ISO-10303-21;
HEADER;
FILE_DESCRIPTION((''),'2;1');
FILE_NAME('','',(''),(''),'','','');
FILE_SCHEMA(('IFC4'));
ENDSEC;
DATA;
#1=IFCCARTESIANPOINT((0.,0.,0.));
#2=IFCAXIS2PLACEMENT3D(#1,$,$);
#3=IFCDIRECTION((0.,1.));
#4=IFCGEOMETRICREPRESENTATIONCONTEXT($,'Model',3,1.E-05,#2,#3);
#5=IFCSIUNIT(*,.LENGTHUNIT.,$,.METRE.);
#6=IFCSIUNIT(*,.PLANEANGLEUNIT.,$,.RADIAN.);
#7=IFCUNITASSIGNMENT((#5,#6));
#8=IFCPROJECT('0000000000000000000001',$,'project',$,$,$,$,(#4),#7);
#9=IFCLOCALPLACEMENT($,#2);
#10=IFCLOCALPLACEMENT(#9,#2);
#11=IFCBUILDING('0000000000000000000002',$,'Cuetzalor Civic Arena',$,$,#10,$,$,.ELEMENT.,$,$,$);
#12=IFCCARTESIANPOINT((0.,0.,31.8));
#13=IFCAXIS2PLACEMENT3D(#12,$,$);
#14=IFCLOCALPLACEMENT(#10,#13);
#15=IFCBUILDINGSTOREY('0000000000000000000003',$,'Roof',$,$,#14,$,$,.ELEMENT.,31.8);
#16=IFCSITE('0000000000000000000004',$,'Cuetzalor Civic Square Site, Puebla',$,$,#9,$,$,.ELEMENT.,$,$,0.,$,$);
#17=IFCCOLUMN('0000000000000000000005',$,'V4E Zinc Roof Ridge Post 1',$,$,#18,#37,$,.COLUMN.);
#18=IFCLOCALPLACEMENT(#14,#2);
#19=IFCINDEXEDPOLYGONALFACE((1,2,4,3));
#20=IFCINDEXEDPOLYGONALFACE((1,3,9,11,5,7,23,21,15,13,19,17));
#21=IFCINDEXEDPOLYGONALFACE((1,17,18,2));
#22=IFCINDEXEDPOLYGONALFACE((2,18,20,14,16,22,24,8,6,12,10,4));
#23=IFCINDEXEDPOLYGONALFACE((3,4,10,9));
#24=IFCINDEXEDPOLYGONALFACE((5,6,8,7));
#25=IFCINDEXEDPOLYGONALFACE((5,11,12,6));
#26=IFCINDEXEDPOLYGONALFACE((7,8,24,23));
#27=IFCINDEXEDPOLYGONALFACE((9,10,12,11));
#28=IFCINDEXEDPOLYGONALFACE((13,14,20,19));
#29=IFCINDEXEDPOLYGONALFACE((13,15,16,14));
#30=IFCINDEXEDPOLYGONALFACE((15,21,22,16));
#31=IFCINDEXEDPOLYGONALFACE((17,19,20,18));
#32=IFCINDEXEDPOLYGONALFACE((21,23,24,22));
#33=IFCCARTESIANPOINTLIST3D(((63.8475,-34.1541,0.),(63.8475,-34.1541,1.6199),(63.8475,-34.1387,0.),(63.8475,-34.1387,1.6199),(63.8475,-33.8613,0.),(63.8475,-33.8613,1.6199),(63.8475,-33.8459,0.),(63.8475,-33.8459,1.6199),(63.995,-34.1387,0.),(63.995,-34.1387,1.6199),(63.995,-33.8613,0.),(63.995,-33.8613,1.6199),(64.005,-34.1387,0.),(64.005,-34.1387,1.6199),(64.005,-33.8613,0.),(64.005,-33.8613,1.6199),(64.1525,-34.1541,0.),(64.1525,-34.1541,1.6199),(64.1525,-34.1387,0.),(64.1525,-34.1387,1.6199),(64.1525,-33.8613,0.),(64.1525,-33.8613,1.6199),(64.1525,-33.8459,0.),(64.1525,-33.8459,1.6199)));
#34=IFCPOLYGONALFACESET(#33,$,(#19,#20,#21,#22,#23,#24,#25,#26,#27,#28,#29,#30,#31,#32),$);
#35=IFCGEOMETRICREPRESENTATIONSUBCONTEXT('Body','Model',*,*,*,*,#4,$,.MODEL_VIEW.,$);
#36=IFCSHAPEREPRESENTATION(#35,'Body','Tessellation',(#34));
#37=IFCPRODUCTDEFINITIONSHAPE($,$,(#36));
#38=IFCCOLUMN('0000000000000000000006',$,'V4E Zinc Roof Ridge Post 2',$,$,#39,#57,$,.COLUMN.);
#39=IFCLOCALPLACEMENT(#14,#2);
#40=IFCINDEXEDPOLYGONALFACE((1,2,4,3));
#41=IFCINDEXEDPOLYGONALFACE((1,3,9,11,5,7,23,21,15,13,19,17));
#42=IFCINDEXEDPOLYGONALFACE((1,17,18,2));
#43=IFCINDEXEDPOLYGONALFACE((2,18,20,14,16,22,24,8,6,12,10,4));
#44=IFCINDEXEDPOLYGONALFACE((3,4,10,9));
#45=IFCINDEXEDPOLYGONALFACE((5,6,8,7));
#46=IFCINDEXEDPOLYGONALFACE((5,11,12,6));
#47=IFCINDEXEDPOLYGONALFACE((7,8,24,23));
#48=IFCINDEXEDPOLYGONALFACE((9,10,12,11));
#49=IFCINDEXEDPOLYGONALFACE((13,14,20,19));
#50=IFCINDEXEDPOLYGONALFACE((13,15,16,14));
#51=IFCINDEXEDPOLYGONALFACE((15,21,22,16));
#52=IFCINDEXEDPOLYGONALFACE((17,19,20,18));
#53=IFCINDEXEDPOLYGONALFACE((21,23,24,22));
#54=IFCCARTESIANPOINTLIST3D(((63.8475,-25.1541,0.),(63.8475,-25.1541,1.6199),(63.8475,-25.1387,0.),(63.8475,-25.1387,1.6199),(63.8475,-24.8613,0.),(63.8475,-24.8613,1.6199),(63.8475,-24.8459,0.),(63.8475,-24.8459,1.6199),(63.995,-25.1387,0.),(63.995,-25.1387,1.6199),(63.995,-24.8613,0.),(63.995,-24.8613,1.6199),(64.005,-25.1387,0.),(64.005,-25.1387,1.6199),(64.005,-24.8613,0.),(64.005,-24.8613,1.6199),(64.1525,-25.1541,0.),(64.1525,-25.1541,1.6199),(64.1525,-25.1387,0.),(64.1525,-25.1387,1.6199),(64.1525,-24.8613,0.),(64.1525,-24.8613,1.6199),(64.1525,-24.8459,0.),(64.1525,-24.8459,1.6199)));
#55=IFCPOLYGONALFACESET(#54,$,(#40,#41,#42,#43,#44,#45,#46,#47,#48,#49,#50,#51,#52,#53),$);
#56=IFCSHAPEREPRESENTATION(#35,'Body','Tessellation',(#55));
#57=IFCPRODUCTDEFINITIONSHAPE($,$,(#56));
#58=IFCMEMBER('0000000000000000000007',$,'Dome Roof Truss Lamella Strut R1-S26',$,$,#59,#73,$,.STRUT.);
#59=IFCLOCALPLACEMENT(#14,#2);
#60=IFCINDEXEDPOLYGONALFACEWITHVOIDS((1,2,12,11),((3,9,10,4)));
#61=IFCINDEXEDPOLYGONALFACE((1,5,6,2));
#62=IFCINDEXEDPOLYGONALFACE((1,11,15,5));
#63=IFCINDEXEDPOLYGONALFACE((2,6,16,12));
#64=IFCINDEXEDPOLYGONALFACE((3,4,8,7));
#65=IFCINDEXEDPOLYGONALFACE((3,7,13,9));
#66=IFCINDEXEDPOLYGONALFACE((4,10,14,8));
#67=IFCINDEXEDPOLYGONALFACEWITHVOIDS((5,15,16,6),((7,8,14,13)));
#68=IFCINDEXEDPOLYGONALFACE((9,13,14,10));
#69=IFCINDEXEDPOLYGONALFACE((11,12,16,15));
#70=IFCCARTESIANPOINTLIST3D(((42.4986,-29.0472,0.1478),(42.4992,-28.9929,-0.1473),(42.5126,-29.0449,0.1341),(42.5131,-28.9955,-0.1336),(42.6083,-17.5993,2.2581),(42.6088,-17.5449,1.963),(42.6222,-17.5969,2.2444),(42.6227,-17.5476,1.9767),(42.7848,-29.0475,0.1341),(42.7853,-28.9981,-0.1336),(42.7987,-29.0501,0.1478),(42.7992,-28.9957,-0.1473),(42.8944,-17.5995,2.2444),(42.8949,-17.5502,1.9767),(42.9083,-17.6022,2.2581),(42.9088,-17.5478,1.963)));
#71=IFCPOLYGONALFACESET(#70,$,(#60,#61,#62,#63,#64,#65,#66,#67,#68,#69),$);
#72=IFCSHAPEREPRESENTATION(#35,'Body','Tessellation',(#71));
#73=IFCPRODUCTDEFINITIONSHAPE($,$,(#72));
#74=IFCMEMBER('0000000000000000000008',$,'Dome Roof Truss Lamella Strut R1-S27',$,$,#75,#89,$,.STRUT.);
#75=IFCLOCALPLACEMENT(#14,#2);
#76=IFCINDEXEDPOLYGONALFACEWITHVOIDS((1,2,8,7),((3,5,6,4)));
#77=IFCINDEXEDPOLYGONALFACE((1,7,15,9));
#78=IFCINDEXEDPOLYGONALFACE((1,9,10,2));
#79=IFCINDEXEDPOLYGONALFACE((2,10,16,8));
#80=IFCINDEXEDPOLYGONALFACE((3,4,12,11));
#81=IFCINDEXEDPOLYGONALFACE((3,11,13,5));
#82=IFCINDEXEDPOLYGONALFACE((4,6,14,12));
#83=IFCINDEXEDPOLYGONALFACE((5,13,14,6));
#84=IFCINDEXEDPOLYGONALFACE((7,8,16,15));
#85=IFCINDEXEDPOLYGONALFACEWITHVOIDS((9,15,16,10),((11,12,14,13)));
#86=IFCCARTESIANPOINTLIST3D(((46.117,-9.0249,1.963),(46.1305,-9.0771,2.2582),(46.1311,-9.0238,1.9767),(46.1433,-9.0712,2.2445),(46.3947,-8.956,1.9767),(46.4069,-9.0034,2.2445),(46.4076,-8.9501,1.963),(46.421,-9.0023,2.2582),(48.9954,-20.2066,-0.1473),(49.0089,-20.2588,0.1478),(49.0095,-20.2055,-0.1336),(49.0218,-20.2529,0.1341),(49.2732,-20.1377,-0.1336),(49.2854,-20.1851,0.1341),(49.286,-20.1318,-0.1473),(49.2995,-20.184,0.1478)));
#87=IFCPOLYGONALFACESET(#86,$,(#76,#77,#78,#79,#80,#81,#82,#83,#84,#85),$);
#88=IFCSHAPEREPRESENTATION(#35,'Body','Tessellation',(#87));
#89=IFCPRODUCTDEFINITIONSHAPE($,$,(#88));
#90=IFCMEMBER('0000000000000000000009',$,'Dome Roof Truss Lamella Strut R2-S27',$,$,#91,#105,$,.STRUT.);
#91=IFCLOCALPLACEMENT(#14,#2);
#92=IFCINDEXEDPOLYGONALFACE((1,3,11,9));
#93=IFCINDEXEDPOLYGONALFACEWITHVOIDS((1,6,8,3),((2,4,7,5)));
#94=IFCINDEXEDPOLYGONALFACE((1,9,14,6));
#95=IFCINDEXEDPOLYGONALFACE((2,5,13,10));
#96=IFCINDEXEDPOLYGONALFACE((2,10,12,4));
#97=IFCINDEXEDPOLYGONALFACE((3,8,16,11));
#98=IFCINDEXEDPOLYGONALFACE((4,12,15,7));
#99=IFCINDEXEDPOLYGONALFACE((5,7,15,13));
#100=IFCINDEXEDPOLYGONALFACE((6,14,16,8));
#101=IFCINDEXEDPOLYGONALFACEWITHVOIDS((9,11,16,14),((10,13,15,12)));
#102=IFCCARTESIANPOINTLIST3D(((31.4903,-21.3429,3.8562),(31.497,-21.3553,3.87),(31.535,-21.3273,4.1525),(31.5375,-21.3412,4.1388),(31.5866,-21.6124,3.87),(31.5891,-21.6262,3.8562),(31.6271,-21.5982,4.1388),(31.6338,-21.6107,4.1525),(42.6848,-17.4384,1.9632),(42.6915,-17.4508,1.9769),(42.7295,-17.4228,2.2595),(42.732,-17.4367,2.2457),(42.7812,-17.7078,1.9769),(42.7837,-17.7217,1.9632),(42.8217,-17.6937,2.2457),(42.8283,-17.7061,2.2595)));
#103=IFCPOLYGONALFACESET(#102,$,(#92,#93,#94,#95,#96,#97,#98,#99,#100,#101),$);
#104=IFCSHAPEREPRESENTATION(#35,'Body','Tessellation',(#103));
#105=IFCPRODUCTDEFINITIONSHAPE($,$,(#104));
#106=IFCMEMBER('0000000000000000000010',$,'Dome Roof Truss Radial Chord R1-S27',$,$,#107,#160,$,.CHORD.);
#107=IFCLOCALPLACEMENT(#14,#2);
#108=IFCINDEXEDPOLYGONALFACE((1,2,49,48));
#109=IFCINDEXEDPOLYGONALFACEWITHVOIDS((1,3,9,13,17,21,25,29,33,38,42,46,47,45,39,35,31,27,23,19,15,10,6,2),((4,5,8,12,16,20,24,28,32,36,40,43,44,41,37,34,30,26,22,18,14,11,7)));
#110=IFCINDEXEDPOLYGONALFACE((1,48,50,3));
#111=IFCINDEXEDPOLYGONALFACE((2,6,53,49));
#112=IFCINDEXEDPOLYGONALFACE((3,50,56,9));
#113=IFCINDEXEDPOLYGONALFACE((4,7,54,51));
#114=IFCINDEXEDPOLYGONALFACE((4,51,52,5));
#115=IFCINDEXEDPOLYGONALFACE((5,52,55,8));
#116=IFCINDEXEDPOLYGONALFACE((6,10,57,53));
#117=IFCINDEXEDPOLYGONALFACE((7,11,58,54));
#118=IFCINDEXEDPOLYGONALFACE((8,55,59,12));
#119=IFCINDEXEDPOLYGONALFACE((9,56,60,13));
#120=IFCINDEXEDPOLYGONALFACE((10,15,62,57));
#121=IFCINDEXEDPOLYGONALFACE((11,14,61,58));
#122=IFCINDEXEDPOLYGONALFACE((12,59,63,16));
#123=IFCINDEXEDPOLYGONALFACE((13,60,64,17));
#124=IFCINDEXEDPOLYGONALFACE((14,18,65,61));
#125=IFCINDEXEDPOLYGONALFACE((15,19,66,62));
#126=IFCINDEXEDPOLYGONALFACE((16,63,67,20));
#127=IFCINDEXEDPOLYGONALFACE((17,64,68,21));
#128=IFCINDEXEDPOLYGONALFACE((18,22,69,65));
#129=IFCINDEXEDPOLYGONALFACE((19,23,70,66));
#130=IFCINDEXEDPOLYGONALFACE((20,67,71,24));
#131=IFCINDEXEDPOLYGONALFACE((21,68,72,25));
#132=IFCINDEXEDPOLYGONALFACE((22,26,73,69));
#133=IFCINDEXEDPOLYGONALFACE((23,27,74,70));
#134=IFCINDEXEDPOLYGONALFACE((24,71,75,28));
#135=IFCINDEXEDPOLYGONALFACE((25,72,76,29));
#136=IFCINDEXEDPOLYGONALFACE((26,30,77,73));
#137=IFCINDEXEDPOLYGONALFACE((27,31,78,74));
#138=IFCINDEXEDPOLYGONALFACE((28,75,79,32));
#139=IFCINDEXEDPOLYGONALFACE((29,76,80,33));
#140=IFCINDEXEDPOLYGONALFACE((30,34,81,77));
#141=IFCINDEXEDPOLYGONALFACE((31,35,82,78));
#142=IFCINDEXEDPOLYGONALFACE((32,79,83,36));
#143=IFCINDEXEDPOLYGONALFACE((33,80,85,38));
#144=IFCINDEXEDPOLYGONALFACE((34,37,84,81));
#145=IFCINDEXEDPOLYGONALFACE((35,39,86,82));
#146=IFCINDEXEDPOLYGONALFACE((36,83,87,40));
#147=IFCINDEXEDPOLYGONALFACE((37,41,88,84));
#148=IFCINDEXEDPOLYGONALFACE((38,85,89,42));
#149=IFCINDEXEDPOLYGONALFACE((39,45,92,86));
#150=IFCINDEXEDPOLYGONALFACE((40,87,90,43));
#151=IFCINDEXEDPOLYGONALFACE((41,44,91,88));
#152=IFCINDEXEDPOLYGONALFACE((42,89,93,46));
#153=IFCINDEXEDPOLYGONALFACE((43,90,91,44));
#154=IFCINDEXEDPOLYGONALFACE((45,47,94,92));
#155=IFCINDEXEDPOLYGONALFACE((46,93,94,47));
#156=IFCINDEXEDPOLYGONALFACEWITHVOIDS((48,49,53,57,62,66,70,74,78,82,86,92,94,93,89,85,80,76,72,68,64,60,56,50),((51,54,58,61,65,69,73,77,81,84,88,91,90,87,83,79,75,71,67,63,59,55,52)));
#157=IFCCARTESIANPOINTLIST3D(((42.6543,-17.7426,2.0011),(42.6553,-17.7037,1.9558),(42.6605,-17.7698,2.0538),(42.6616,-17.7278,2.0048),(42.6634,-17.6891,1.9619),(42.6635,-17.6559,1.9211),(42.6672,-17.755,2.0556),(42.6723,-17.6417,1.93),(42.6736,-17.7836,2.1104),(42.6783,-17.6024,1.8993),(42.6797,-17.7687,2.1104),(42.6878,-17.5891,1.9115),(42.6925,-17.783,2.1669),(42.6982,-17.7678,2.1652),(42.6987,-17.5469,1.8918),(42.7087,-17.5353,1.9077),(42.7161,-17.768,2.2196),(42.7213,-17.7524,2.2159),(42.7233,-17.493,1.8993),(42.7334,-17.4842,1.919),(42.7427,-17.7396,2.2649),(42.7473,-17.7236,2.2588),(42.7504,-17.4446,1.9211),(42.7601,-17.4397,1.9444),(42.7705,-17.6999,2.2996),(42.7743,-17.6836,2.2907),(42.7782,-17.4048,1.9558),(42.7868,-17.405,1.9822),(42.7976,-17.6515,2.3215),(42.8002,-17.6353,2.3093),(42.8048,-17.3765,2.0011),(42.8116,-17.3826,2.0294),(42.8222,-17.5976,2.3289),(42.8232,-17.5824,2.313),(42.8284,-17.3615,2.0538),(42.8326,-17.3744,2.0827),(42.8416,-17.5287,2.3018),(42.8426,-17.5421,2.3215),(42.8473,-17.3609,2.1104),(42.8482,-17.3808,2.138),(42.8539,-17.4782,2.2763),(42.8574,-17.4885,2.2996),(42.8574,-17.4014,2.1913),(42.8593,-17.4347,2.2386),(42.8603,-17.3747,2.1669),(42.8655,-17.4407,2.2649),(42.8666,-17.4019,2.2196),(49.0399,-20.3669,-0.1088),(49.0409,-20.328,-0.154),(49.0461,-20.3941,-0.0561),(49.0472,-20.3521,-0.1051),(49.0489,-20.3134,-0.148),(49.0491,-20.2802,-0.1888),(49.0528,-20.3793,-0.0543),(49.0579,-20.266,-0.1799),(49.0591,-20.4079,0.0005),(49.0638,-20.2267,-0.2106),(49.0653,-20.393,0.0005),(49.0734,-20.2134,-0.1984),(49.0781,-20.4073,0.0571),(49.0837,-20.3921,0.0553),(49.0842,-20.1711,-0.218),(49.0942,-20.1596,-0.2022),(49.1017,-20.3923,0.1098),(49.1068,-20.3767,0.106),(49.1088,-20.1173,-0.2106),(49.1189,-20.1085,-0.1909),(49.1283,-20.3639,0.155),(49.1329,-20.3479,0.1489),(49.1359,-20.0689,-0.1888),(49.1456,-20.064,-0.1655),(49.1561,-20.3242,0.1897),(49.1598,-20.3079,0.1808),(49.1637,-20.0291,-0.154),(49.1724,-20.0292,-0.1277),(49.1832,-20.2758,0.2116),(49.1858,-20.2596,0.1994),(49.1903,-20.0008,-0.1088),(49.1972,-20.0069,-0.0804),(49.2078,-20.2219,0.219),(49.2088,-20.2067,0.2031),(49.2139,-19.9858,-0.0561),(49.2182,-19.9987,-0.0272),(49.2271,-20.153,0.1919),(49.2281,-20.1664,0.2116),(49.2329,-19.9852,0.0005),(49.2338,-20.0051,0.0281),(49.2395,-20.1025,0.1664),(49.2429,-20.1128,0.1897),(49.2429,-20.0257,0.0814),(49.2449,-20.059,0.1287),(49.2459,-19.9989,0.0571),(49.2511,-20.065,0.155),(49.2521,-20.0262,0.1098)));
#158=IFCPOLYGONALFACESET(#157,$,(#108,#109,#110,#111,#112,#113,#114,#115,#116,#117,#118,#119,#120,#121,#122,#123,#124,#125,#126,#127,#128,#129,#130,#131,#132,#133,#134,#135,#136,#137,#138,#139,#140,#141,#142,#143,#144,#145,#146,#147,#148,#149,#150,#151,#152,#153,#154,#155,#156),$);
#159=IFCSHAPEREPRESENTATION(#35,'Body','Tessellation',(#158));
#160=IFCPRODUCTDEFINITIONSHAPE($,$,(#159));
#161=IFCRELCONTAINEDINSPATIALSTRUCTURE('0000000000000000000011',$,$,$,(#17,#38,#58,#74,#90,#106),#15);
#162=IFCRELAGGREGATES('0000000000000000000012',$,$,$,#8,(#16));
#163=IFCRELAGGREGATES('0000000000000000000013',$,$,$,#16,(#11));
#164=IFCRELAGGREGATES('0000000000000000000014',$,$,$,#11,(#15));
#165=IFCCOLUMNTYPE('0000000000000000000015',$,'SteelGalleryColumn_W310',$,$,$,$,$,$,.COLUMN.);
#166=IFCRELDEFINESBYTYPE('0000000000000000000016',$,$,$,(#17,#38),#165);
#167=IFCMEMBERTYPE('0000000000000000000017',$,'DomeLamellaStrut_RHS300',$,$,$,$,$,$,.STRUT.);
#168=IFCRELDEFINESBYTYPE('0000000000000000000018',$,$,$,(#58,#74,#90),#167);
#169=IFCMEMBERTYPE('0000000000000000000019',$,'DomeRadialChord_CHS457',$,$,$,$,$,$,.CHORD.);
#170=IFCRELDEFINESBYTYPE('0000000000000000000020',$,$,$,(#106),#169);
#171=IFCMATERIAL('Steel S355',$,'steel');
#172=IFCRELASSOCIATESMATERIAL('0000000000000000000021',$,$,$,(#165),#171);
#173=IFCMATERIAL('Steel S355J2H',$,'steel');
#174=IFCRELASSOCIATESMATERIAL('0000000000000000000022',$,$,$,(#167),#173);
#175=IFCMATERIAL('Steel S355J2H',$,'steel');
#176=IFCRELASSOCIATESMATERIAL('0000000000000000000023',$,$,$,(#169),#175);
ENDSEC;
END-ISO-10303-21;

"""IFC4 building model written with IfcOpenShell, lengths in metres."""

from ifc_helpers import new_model, si_unit, direction, frame, origin, origin_2d, place, context, subcontext, project, spatial, hollow_rectangle, hollow_circle, i_section, extrude, material, material_profile, profile_set, type_object, element, save


model = new_model("IFC4")

# Units and contexts
model_context = context("Model", 3, precision=1e-05, world=origin(), true_north=direction((0.0, 1.0)))
body_context = subcontext(model_context, "Body", "Model", "MODEL_VIEW")
ifc_project = project(units=[si_unit("LENGTHUNIT", "METRE"), si_unit("PLANEANGLEUNIT", "RADIAN")], contexts=[model_context])

# Site, building, storey
site_placement = place(None, origin())
site = spatial("IfcSite", under=ifc_project, at=site_placement, Name="Cuetzalor Civic Square Site, Puebla", CompositionType="ELEMENT", RefElevation=0.0)
building_placement = place(site_placement, origin())
building = spatial("IfcBuilding", under=site, at=building_placement, Name="Cuetzalor Civic Arena", CompositionType="ELEMENT")
storey_placement = place(building_placement, frame((0.0, 0.0, 31.8)))
storey = spatial("IfcBuildingStorey", under=building, at=storey_placement, Name="Roof", CompositionType="ELEMENT", Elevation=31.8)

# Columns
ifc_material_1 = material(Name="Steel S355", Category="steel")
ifc_material_profile_1 = material_profile(ifc_material_1, i_section(OverallWidth=0.3049, OverallDepth=0.3081, WebThickness=0.01, FlangeThickness=0.0154, at=origin_2d()), Name="W310x97")
ifc_profile_set_1 = profile_set([ifc_material_profile_1], Name="Steel S355")
column_type = type_object("IfcColumnType", Name="SteelGalleryColumn_W310", PredefinedType="COLUMN", material=ifc_profile_set_1)
for number, where, z_axis, x_axis, name in (
    (1, (64.0, -34.0, 0.0), (0.0, 0.0, 1.0), (1.0, 0.0, 0.0), "V4E Zinc Roof Ridge Post 1"),
    (2, (64.0, -25.0, 0.0), (0.0, 0.0, 1.0), (1.0, 0.0, 0.0), "V4E Zinc Roof Ridge Post 2"),
):
    element("IfcColumn", number, at=place(storey_placement, frame(where, z_axis=z_axis, x_axis=x_axis)), inside=storey, type_object=column_type, Name=name, PredefinedType="COLUMN", context=body_context, shape_type="SweptSolid", body=[
        extrude(i_section(OverallWidth=0.3049, OverallDepth=0.3081, WebThickness=0.01, FlangeThickness=0.0154, at=origin_2d()), origin(), (0.0, 0.0, 1.0), 1.6199),
    ])

# Members
ifc_material_2 = material(Name="Steel S355J2H", Category="steel")
ifc_material_profile_2 = material_profile(ifc_material_2, hollow_rectangle(XDim=0.3, YDim=0.3, WallThickness=0.0139, at=origin_2d()), Name="RHS 300x300x14")
ifc_profile_set_2 = profile_set([ifc_material_profile_2], Name="Steel S355J2H")
member_type_1 = type_object("IfcMemberType", Name="DomeLamellaStrut_RHS300", PredefinedType="STRUT", material=ifc_profile_set_2)
member_1_placement = place(storey_placement, frame((42.6489, -29.0215, 0.0002), z_axis=(0.009416, 0.983386, 0.18128), x_axis=(-0.999954, 0.009575, 0.0)))
element("IfcMember", 3, at=member_1_placement, inside=storey, type_object=member_type_1, Name="Dome Roof Truss Lamella Strut R1-S26", PredefinedType="STRUT", context=body_context, shape_type="SweptSolid", body=[
    extrude(hollow_rectangle(XDim=0.3, YDim=0.3, WallThickness=0.0139, at=origin_2d()), origin(), (0.0, 0.0, 1.0), 11.6414),
])
member_2_placement = place(storey_placement, frame((49.1475, -20.1953, 0.0002), z_axis=(-0.245233, 0.952646, 0.179796), x_axis=(-0.968427, -0.249296, 0.0)))
element("IfcMember", 4, at=member_2_placement, inside=storey, type_object=member_type_1, Name="Dome Roof Truss Lamella Strut R1-S27", PredefinedType="STRUT", context=body_context, shape_type="SweptSolid", body=[
    extrude(hollow_rectangle(XDim=0.3, YDim=0.3, WallThickness=0.0139, at=origin_2d()), origin(), (0.0, 0.0, 1.0), 11.7375),
])
member_3_placement = place(storey_placement, frame((42.7566, -17.5723, 2.1113), z_axis=(-0.932403, -0.325212, 0.157675), x_axis=(0.329331, -0.944214, 0.0)))
element("IfcMember", 5, at=member_3_placement, inside=storey, type_object=member_type_1, Name="Dome Roof Truss Lamella Strut R2-S27", PredefinedType="STRUT", context=body_context, shape_type="SweptSolid", body=[
    extrude(hollow_rectangle(XDim=0.3, YDim=0.3, WallThickness=0.0139, at=origin_2d()), origin(), (0.0, 0.0, 1.0), 12.0061),
])
ifc_material_3 = material(Name="Steel S355J2H", Category="steel")
ifc_material_profile_3 = material_profile(ifc_material_3, hollow_circle(Radius=0.2285, WallThickness=0.0161, at=origin_2d()), Name="CHS 457x16")
ifc_profile_set_3 = profile_set([ifc_material_profile_3], Name="Steel S355J2H")
member_type_2 = type_object("IfcMemberType", Name="DomeRadialChord_CHS457", PredefinedType="CHORD", material=ifc_profile_set_3)
member_4_placement = place(storey_placement, frame((49.146, -20.1965, 0.0005), z_axis=(-0.88455, 0.363526, 0.292268), x_axis=(-0.380124, -0.924936, 0.0)))
element("IfcMember", 6, at=member_4_placement, inside=storey, type_object=member_type_2, Name="Dome Roof Truss Radial Chord R1-S27", PredefinedType="CHORD", context=body_context, shape_type="SweptSolid", body=[
    extrude(hollow_circle(Radius=0.2285, WallThickness=0.0161, at=origin_2d()), origin(), (0.0, 0.0, 1.0), 7.219),
])

save(model, "model.ifc")
